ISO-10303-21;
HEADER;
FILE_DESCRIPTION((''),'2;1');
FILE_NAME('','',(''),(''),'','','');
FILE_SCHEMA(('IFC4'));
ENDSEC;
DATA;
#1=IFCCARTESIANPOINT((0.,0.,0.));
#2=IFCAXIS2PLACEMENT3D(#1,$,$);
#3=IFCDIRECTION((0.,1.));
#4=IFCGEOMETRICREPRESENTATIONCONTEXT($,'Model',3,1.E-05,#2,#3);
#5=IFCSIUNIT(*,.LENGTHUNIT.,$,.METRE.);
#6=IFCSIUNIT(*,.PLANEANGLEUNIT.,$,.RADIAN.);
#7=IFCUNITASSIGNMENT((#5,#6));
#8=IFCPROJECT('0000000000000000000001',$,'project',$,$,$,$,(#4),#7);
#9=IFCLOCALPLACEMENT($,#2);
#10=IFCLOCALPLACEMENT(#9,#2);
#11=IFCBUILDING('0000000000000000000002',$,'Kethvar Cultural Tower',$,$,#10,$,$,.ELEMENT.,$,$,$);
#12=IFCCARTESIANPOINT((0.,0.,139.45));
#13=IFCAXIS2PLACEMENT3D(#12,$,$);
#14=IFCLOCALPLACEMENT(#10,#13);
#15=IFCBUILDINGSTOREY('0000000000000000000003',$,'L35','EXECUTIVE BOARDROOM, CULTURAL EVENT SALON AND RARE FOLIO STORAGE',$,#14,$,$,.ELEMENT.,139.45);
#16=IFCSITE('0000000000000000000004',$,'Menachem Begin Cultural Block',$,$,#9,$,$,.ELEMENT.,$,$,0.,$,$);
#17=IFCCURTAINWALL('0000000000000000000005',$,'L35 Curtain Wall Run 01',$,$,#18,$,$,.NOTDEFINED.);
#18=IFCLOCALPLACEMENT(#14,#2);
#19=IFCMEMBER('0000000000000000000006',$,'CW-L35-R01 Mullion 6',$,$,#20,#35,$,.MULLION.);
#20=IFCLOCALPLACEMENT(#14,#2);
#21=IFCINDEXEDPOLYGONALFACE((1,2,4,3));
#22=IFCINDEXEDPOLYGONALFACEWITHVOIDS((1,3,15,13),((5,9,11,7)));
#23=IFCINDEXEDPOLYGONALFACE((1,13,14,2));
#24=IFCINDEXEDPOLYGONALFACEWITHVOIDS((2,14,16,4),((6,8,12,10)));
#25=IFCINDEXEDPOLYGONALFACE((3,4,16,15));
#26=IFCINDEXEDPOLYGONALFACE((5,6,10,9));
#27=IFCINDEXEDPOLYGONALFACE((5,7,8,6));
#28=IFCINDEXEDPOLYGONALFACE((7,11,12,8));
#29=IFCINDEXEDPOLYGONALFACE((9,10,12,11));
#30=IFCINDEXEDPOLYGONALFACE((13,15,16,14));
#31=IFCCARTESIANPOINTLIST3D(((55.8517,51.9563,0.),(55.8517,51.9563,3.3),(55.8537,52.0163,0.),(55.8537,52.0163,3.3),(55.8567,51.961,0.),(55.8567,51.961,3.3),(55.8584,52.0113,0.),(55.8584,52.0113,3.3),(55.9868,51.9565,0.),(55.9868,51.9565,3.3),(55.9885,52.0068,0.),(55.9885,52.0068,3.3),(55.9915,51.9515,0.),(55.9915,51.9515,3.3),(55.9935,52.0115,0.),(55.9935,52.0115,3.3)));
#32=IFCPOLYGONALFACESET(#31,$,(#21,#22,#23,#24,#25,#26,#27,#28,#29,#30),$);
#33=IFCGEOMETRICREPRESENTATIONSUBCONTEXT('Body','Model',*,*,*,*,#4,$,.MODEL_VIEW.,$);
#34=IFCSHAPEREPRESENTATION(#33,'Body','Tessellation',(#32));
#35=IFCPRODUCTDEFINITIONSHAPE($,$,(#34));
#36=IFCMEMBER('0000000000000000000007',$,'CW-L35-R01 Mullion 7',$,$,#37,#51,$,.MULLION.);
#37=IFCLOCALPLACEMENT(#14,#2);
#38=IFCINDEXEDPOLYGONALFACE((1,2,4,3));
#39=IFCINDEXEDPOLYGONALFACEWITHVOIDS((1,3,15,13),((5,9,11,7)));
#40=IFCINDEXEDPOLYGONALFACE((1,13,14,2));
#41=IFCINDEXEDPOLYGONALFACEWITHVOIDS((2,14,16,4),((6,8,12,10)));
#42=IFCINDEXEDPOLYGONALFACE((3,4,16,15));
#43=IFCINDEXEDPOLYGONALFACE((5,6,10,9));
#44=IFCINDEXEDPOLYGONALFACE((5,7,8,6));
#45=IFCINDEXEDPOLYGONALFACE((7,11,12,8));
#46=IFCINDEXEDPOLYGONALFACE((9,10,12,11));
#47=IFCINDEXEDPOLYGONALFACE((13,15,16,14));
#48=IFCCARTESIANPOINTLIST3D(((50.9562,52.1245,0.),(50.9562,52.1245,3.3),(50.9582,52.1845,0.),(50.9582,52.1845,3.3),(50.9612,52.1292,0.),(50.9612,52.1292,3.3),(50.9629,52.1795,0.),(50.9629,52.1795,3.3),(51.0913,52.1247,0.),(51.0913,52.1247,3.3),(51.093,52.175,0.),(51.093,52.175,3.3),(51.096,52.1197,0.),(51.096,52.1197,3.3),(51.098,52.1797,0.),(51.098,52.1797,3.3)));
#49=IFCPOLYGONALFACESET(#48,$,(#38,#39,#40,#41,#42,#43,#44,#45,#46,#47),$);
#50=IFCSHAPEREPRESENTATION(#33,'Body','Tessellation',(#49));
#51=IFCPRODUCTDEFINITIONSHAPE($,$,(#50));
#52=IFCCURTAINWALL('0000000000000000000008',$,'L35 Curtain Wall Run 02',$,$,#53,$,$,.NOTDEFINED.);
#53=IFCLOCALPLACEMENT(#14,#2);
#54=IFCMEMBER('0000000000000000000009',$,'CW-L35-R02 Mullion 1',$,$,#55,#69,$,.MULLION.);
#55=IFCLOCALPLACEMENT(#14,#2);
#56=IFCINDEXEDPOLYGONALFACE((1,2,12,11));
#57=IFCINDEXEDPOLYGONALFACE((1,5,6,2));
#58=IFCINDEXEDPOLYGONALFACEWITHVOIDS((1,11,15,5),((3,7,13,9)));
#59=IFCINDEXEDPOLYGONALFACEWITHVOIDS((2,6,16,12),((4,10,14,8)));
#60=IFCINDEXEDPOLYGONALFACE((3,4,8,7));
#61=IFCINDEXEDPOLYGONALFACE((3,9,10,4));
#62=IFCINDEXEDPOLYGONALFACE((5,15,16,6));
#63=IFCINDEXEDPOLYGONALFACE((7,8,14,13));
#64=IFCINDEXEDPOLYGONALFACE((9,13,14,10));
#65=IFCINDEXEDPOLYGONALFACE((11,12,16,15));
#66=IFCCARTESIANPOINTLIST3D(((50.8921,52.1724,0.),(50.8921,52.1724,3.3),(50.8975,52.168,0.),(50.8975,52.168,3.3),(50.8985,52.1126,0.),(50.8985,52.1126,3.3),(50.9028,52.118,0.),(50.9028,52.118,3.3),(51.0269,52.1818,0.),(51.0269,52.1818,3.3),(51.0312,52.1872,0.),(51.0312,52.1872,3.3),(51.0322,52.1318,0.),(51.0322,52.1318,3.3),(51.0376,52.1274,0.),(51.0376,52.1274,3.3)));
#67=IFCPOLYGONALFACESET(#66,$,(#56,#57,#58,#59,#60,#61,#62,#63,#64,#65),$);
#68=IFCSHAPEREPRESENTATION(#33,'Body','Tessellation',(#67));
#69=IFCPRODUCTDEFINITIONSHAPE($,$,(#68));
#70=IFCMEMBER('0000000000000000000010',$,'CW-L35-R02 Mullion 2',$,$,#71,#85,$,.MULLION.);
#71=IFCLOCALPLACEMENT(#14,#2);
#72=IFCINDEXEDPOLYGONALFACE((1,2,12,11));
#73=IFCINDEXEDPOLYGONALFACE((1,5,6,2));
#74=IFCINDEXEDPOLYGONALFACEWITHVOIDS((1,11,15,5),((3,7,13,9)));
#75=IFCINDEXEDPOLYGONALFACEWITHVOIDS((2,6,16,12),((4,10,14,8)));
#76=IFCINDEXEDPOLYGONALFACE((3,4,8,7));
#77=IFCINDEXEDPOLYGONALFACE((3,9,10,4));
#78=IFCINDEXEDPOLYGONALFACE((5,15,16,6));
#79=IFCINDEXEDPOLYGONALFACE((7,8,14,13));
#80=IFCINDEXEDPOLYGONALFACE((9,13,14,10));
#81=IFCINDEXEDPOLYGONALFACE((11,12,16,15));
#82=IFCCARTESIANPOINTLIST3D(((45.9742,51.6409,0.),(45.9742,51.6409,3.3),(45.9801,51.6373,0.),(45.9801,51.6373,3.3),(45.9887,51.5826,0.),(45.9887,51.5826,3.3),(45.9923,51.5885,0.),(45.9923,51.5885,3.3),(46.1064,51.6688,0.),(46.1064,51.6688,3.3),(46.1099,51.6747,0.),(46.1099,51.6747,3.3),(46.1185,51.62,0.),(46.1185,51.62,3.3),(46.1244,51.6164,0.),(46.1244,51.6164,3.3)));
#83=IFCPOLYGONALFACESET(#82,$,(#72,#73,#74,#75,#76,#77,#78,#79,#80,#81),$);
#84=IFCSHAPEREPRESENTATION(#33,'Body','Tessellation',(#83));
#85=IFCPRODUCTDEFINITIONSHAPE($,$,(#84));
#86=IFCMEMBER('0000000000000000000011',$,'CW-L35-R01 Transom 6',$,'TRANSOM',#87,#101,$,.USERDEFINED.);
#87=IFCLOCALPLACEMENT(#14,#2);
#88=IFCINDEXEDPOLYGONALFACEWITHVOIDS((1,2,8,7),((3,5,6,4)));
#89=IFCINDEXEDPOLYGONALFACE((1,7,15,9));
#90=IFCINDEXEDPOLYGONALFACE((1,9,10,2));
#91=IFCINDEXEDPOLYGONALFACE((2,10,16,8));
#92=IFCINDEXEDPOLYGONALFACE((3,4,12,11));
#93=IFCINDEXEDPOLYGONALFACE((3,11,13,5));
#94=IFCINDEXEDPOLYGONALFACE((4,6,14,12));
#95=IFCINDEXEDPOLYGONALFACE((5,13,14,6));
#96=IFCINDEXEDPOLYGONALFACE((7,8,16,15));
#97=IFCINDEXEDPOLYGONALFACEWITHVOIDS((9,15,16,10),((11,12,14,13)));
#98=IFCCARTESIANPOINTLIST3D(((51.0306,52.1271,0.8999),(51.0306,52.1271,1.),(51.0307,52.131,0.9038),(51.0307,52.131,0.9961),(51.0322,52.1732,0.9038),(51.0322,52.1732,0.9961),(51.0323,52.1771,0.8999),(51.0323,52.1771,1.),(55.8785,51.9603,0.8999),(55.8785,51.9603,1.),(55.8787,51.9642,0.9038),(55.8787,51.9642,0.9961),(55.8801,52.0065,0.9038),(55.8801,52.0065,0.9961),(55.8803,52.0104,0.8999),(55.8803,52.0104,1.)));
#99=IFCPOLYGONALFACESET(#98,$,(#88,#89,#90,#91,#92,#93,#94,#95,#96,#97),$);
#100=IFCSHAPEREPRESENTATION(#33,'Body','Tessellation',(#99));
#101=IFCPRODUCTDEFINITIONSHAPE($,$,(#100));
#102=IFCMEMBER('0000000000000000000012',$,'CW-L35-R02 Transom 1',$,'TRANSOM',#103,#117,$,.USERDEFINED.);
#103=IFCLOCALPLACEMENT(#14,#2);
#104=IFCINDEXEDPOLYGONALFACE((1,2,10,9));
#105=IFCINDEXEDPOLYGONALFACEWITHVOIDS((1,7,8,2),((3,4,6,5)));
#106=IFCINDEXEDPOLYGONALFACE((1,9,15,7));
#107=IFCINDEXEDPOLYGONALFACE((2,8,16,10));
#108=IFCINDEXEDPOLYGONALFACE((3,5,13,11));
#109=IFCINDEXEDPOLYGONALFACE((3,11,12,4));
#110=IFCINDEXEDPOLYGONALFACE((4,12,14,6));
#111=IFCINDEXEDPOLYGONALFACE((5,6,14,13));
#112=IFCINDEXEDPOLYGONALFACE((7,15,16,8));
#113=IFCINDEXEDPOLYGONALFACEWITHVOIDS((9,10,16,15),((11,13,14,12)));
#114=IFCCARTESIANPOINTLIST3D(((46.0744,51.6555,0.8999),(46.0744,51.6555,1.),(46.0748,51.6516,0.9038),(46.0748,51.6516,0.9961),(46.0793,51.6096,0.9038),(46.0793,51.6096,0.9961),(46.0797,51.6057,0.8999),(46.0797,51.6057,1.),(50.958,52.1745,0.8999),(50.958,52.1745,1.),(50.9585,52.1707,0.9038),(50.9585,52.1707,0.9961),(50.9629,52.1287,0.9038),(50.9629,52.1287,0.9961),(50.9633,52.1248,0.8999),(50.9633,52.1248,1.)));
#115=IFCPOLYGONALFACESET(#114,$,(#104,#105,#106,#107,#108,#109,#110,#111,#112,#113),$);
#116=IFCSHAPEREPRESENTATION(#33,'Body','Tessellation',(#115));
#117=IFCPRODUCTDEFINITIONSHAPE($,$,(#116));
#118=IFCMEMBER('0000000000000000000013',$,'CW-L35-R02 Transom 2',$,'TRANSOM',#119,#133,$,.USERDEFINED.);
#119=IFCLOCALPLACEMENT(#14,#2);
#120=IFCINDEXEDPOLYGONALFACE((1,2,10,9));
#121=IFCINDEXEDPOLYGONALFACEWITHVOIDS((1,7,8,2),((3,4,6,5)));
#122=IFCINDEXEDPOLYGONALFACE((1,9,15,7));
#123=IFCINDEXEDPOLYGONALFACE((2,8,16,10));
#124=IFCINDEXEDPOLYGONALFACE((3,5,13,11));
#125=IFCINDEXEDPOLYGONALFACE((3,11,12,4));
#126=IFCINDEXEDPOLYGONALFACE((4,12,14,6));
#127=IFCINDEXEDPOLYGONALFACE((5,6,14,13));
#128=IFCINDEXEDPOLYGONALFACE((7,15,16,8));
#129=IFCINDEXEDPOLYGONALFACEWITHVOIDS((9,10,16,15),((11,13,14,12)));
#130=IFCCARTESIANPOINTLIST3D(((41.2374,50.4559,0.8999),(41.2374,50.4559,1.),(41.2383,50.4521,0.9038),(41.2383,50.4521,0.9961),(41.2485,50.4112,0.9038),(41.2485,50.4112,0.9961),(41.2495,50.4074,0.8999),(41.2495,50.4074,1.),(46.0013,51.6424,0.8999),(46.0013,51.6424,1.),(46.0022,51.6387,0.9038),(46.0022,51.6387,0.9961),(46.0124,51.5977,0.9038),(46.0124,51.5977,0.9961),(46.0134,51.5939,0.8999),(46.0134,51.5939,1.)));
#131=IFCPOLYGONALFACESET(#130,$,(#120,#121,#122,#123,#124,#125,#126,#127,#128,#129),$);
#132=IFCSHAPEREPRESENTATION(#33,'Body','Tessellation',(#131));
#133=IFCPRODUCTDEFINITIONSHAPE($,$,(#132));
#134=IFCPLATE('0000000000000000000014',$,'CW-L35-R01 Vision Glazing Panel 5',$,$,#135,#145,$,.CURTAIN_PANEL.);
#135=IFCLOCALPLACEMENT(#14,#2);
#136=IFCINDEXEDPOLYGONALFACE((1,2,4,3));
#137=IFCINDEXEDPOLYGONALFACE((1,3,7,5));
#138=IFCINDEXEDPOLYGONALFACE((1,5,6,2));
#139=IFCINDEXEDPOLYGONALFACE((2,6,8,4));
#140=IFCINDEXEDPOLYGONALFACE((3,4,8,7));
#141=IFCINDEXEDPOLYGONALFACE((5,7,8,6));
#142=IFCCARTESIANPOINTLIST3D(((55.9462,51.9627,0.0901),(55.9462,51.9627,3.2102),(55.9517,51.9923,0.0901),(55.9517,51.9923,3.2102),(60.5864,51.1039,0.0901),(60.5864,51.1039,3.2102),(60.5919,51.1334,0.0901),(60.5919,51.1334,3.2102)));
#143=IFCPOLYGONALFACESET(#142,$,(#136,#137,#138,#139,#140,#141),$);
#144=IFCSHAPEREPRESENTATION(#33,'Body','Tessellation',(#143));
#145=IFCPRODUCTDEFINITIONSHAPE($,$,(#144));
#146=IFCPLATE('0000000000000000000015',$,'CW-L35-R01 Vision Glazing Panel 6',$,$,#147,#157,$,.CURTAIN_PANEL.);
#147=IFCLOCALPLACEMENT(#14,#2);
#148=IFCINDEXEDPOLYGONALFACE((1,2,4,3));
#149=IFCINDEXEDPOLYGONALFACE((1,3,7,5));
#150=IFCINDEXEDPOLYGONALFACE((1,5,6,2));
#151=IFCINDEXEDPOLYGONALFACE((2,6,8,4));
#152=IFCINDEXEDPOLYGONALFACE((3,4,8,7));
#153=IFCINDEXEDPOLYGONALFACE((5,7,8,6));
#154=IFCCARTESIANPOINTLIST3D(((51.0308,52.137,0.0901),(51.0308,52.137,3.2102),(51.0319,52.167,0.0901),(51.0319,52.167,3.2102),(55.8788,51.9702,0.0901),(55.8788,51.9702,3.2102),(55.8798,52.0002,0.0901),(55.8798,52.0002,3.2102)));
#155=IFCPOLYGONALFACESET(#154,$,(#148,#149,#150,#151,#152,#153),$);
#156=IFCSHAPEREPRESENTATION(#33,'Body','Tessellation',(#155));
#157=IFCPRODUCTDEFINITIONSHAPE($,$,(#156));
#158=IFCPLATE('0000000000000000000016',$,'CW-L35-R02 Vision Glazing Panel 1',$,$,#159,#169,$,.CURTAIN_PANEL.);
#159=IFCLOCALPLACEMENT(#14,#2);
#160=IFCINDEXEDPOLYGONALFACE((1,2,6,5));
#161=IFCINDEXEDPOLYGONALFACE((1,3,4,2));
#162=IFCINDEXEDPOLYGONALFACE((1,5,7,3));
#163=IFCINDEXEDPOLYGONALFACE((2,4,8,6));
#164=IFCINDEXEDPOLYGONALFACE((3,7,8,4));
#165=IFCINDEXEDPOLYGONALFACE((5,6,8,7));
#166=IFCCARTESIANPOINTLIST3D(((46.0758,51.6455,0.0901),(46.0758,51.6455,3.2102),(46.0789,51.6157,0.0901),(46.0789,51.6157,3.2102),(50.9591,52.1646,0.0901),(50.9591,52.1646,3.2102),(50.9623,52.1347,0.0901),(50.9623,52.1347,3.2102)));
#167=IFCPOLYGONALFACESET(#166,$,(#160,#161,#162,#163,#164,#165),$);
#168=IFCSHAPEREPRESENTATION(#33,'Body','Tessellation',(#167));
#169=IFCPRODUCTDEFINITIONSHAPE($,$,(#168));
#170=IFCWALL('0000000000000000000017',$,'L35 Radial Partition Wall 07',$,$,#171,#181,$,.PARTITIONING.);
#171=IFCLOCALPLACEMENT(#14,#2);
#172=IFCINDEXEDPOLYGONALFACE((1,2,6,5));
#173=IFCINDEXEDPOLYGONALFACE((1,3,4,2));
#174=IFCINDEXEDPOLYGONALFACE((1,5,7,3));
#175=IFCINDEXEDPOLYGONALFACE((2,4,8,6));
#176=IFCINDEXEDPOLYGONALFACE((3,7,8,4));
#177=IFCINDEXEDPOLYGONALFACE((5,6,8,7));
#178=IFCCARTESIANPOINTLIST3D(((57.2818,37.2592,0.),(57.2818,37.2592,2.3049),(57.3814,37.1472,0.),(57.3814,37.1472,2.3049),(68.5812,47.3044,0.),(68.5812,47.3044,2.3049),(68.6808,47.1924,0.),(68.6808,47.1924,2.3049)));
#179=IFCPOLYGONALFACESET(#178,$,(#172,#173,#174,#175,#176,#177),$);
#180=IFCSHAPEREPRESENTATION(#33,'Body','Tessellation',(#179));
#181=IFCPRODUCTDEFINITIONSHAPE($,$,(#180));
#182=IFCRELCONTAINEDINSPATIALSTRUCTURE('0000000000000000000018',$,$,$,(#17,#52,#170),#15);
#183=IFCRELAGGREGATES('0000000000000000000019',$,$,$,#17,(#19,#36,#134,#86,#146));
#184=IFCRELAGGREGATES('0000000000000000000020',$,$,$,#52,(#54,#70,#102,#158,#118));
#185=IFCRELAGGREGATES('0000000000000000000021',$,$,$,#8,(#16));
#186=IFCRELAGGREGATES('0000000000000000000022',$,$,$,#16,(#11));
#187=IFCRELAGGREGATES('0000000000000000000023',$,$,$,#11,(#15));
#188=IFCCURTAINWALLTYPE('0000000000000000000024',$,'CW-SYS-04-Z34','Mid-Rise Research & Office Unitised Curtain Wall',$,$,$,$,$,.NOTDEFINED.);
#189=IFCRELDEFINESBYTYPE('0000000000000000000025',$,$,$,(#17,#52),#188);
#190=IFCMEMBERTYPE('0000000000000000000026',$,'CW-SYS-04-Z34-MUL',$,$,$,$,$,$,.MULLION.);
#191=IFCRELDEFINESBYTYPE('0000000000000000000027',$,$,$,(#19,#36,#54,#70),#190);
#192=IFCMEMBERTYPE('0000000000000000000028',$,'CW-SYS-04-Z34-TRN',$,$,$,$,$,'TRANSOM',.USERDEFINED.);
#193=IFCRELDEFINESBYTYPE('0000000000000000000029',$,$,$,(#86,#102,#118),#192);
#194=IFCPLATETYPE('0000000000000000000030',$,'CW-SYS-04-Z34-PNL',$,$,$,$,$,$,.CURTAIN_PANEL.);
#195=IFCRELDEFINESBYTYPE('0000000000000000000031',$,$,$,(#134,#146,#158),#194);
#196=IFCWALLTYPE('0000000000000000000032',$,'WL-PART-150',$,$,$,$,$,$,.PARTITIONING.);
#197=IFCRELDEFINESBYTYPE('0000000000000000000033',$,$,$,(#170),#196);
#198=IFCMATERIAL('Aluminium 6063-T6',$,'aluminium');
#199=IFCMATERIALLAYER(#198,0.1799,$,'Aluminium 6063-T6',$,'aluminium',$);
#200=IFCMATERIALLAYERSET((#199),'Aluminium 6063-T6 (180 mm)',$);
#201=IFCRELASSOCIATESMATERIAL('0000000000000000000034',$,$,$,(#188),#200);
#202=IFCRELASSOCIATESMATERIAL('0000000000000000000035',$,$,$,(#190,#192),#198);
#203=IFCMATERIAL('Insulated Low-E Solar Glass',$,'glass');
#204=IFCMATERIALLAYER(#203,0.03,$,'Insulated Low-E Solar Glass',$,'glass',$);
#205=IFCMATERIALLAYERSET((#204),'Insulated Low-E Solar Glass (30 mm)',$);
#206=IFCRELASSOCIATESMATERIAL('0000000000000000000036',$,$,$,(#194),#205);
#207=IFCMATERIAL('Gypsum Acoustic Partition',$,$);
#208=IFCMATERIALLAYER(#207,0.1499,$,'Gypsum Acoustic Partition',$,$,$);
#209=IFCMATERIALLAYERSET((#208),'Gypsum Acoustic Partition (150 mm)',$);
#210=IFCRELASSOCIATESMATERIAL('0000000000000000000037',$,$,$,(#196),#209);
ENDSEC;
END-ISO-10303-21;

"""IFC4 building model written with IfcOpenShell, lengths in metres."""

from ifc_helpers import new_model, si_unit, direction, frame, frame_2d, origin, origin_2d, place, context, subcontext, project, spatial, rectangle, hollow_rectangle, extrude, source, transform, mapped, material, layer, layer_set, material_profile, profile_set, type_object, element, aggregate, save


model = new_model("IFC4")

# Units and contexts
model_context = context("Model", 3, precision=1e-05, world=origin(), true_north=direction((0.0, 1.0)))
body_context = subcontext(model_context, "Body", "Model", "MODEL_VIEW")
ifc_project = project(units=[si_unit("LENGTHUNIT", "METRE"), si_unit("PLANEANGLEUNIT", "RADIAN")], contexts=[model_context])

# Site, building, storey
site_placement = place(None, origin())
site = spatial("IfcSite", under=ifc_project, at=site_placement, Name="Menachem Begin Cultural Block", CompositionType="ELEMENT", RefElevation=0.0)
building_placement = place(site_placement, origin())
building = spatial("IfcBuilding", under=site, at=building_placement, Name="Kethvar Cultural Tower", CompositionType="ELEMENT")
storey_placement = place(building_placement, frame((0.0, 0.0, 139.45)))
storey = spatial("IfcBuildingStorey", under=building, at=storey_placement, Name="L35", Description="EXECUTIVE BOARDROOM, CULTURAL EVENT SALON AND RARE FOLIO STORAGE", CompositionType="ELEMENT", Elevation=139.45)

# Curtain walls, members
ifc_material_1 = material(Name="Aluminium 6063-T6", Category="aluminium")
ifc_layer_1 = layer(ifc_material_1, 0.1799, Name="Aluminium 6063-T6", Category="aluminium")
ifc_layer_set_1 = layer_set([ifc_layer_1], Name="Aluminium 6063-T6 (180 mm)")
curtain_wall_type = type_object("IfcCurtainWallType", Name="CW-SYS-04-Z34", Description="Mid-Rise Research & Office Unitised Curtain Wall", PredefinedType="NOTDEFINED", material=ifc_layer_set_1)
curtain_wall_1_placement = place(storey_placement, origin())
curtain_wall_1 = element("IfcCurtainWall", 1, at=curtain_wall_1_placement, inside=storey, type_object=curtain_wall_type, Name="L35 Curtain Wall Run 01", PredefinedType="NOTDEFINED")
ifc_material_profile_1 = material_profile(ifc_material_1, hollow_rectangle(XDim=0.0601, YDim=0.1399, WallThickness=0.0049, at=origin_2d()), Name="Aluminium 6063-T6 — RHS140x60x5")
ifc_profile_set_1 = profile_set([ifc_material_profile_1], Name="Aluminium 6063-T6 — RHS140x60x5")
member_type_1 = type_object("IfcMemberType", Name="CW-SYS-04-Z34-MUL", PredefinedType="MULLION", material=ifc_profile_set_1)
shared_shape_1 = source(origin(), body_context, "Body", "SweptSolid", [
    extrude(hollow_rectangle(XDim=0.0601, YDim=0.1399, WallThickness=0.0049, at=origin_2d()), origin(), (0.0, 0.0, 1.0), 3.3),
])
member_1_placement = place(storey_placement, frame((55.9226, 51.9839, 0.0), z_axis=(0.0, 0.0, 1.0), x_axis=(-0.034394, -0.999408, 0.0)))
member_1 = element("IfcMember", 2, at=member_1_placement, type_object=member_type_1, Name="CW-L35-R01 Mullion 6", PredefinedType="MULLION", context=body_context, shape_type="MappedRepresentation", body=[
    mapped(shared_shape_1, transform((0.0, 0.0, 0.0), scale=1.0)),
])
member_2_placement = place(storey_placement, frame((51.0271, 52.1521, 0.0), z_axis=(0.0, 0.0, 1.0), x_axis=(-0.034394, -0.999408, 0.0)))
member_2 = element("IfcMember", 3, at=member_2_placement, type_object=member_type_1, Name="CW-L35-R01 Mullion 7", PredefinedType="MULLION", context=body_context, shape_type="MappedRepresentation", body=[
    mapped(shared_shape_1, transform((0.0, 0.0, 0.0), scale=1.0)),
])
curtain_wall_2_placement = place(storey_placement, origin())
curtain_wall_2 = element("IfcCurtainWall", 4, at=curtain_wall_2_placement, inside=storey, type_object=curtain_wall_type, Name="L35 Curtain Wall Run 02", PredefinedType="NOTDEFINED")
member_3_placement = place(storey_placement, frame((50.9648, 52.1499, 0.0), z_axis=(0.0, 0.0, 1.0), x_axis=(0.105691, -0.994399, 0.0)))
member_3 = element("IfcMember", 5, at=member_3_placement, type_object=member_type_1, Name="CW-L35-R02 Mullion 1", PredefinedType="MULLION", context=body_context, shape_type="MappedRepresentation", body=[
    mapped(shared_shape_1, transform((0.0, 0.0, 0.0), scale=1.0)),
])
member_4_placement = place(storey_placement, frame((46.0493, 51.6287, 0.0), z_axis=(0.0, 0.0, 1.0), x_axis=(0.241685, -0.970355, 0.0)))
member_4 = element("IfcMember", 6, at=member_4_placement, type_object=member_type_1, Name="CW-L35-R02 Mullion 2", PredefinedType="MULLION", context=body_context, shape_type="MappedRepresentation", body=[
    mapped(shared_shape_1, transform((0.0, 0.0, 0.0), scale=1.0)),
])

# Members
ifc_material_profile_2 = material_profile(ifc_material_1, hollow_rectangle(XDim=0.05, YDim=0.1001, WallThickness=0.0039, at=origin_2d()), Name="Aluminium 6063-T6 — RHS100x50x4")
ifc_profile_set_2 = profile_set([ifc_material_profile_2], Name="Aluminium 6063-T6 — RHS100x50x4")
member_type_2 = type_object("IfcMemberType", Name="CW-SYS-04-Z34-TRN", ElementType="TRANSOM", PredefinedType="USERDEFINED", material=ifc_profile_set_2)
shared_shape_2 = source(origin(), body_context, "Body", "SweptSolid", [
    extrude(hollow_rectangle(XDim=0.05, YDim=0.1001, WallThickness=0.0039, at=origin_2d()), origin(), (0.0, 0.0, 1.0), 4.8508),
])
member_5_placement = place(storey_placement, frame((55.8794, 51.9854, 0.95), z_axis=(-0.999409, 0.034376, 0.0), x_axis=(-0.034376, -0.999409, 0.0)))
member_5 = element("IfcMember", 7, at=member_5_placement, type_object=member_type_2, Name="CW-L35-R01 Transom 6", ObjectType="TRANSOM", PredefinedType="USERDEFINED", context=body_context, shape_type="MappedRepresentation", body=[
    mapped(shared_shape_2, transform((0.0, 0.0, 0.0), scale=1.0)),
])
shared_shape_3 = source(origin(), body_context, "Body", "SweptSolid", [
    extrude(hollow_rectangle(XDim=0.05, YDim=0.1001, WallThickness=0.0039, at=origin_2d()), origin(), (0.0, 0.0, 1.0), 4.9111),
])
member_6_placement = place(storey_placement, frame((50.9607, 52.1497, 0.95), z_axis=(-0.994399, -0.105689, 0.0), x_axis=(0.105689, -0.994399, 0.0)))
member_6 = element("IfcMember", 8, at=member_6_placement, type_object=member_type_2, Name="CW-L35-R02 Transom 1", ObjectType="TRANSOM", PredefinedType="USERDEFINED", context=body_context, shape_type="MappedRepresentation", body=[
    mapped(shared_shape_3, transform((0.0, 0.0, 0.0), scale=1.0)),
])
shared_shape_4 = source(origin(), body_context, "Body", "SweptSolid", [
    extrude(hollow_rectangle(XDim=0.05, YDim=0.1001, WallThickness=0.0039, at=origin_2d()), origin(), (0.0, 0.0, 1.0), 4.9094),
])
member_7_placement = place(storey_placement, frame((46.0073, 51.6182, 0.95), z_axis=(-0.970356, -0.241681, 0.0), x_axis=(0.241681, -0.970356, 0.0)))
member_7 = element("IfcMember", 9, at=member_7_placement, type_object=member_type_2, Name="CW-L35-R02 Transom 2", ObjectType="TRANSOM", PredefinedType="USERDEFINED", context=body_context, shape_type="MappedRepresentation", body=[
    mapped(shared_shape_4, transform((0.0, 0.0, 0.0), scale=1.0)),
])

# Plates
ifc_material_2 = material(Name="Insulated Low-E Solar Glass", Category="glass")
ifc_layer_2 = layer(ifc_material_2, 0.03, Name="Insulated Low-E Solar Glass", Category="glass")
ifc_layer_set_2 = layer_set([ifc_layer_2], Name="Insulated Low-E Solar Glass (30 mm)")
plate_type = type_object("IfcPlateType", Name="CW-SYS-04-Z34-PNL", PredefinedType="CURTAIN_PANEL", material=ifc_layer_set_2)
shared_shape_5 = source(origin(), body_context, "Body", "SweptSolid", [
    extrude(rectangle(XDim=4.719, YDim=0.03, at=origin_2d()), origin(), (0.0, 0.0, 1.0), 3.1201),
])
plate_1_placement = place(storey_placement, frame((58.269, 51.5481, 0.0901), z_axis=(0.0, 0.0, 1.0), x_axis=(-0.983299, 0.181995, 0.0)))
plate_1 = element("IfcPlate", 10, at=plate_1_placement, type_object=plate_type, Name="CW-L35-R01 Vision Glazing Panel 5", PredefinedType="CURTAIN_PANEL", context=body_context, shape_type="MappedRepresentation", body=[
    mapped(shared_shape_5, transform((0.0, 0.0, 0.0), scale=1.0)),
])
shared_shape_6 = source(origin(), body_context, "Body", "SweptSolid", [
    extrude(rectangle(XDim=4.8508, YDim=0.03, at=origin_2d()), origin(), (0.0, 0.0, 1.0), 3.1201),
])
plate_2_placement = place(storey_placement, frame((53.4553, 52.0686, 0.0901), z_axis=(0.0, 0.0, 1.0), x_axis=(-0.999408, 0.034394, 0.0)))
plate_2 = element("IfcPlate", 11, at=plate_2_placement, type_object=plate_type, Name="CW-L35-R01 Vision Glazing Panel 6", PredefinedType="CURTAIN_PANEL", context=body_context, shape_type="MappedRepresentation", body=[
    mapped(shared_shape_6, transform((0.0, 0.0, 0.0), scale=1.0)),
])
aggregate(curtain_wall_1, [member_1, member_2, plate_1, member_5, plate_2])
shared_shape_7 = source(origin(), body_context, "Body", "SweptSolid", [
    extrude(rectangle(XDim=4.9109, YDim=0.03, at=origin_2d()), origin(), (0.0, 0.0, 1.0), 3.1201),
])
plate_3_placement = place(storey_placement, frame((48.519, 51.8901, 0.0901), z_axis=(0.0, 0.0, 1.0), x_axis=(-0.994399, -0.105691, 0.0)))
plate_3 = element("IfcPlate", 12, at=plate_3_placement, type_object=plate_type, Name="CW-L35-R02 Vision Glazing Panel 1", PredefinedType="CURTAIN_PANEL", context=body_context, shape_type="MappedRepresentation", body=[
    mapped(shared_shape_7, transform((0.0, 0.0, 0.0), scale=1.0)),
])
aggregate(curtain_wall_2, [member_3, member_4, member_6, plate_3, member_7])

# Wall
ifc_material_3 = material(Name="Gypsum Acoustic Partition")
ifc_layer_3 = layer(ifc_material_3, 0.1499, Name="Gypsum Acoustic Partition")
ifc_layer_set_3 = layer_set([ifc_layer_3], Name="Gypsum Acoustic Partition (150 mm)")
wall_type_1 = type_object("IfcWallType", Name="WL-PART-150", PredefinedType="PARTITIONING", material=ifc_layer_set_3)
wall_1_placement = place(storey_placement, frame((57.3315, 37.2031, 0.0), z_axis=(0.0, 0.0, 1.0), x_axis=(0.747366, 0.664413, 0.0)))
element("IfcWall", 13, at=wall_1_placement, inside=storey, type_object=wall_type_1, Name="L35 Radial Partition Wall 07", PredefinedType="PARTITIONING", context=body_context, shape_type="SweptSolid", body=[
    extrude(rectangle(XDim=15.1189, YDim=0.1499, at=frame_2d((7.5596, 0.0))), origin(), (0.0, 0.0, 1.0), 2.3049),
])

save(model, "model.ifc")
